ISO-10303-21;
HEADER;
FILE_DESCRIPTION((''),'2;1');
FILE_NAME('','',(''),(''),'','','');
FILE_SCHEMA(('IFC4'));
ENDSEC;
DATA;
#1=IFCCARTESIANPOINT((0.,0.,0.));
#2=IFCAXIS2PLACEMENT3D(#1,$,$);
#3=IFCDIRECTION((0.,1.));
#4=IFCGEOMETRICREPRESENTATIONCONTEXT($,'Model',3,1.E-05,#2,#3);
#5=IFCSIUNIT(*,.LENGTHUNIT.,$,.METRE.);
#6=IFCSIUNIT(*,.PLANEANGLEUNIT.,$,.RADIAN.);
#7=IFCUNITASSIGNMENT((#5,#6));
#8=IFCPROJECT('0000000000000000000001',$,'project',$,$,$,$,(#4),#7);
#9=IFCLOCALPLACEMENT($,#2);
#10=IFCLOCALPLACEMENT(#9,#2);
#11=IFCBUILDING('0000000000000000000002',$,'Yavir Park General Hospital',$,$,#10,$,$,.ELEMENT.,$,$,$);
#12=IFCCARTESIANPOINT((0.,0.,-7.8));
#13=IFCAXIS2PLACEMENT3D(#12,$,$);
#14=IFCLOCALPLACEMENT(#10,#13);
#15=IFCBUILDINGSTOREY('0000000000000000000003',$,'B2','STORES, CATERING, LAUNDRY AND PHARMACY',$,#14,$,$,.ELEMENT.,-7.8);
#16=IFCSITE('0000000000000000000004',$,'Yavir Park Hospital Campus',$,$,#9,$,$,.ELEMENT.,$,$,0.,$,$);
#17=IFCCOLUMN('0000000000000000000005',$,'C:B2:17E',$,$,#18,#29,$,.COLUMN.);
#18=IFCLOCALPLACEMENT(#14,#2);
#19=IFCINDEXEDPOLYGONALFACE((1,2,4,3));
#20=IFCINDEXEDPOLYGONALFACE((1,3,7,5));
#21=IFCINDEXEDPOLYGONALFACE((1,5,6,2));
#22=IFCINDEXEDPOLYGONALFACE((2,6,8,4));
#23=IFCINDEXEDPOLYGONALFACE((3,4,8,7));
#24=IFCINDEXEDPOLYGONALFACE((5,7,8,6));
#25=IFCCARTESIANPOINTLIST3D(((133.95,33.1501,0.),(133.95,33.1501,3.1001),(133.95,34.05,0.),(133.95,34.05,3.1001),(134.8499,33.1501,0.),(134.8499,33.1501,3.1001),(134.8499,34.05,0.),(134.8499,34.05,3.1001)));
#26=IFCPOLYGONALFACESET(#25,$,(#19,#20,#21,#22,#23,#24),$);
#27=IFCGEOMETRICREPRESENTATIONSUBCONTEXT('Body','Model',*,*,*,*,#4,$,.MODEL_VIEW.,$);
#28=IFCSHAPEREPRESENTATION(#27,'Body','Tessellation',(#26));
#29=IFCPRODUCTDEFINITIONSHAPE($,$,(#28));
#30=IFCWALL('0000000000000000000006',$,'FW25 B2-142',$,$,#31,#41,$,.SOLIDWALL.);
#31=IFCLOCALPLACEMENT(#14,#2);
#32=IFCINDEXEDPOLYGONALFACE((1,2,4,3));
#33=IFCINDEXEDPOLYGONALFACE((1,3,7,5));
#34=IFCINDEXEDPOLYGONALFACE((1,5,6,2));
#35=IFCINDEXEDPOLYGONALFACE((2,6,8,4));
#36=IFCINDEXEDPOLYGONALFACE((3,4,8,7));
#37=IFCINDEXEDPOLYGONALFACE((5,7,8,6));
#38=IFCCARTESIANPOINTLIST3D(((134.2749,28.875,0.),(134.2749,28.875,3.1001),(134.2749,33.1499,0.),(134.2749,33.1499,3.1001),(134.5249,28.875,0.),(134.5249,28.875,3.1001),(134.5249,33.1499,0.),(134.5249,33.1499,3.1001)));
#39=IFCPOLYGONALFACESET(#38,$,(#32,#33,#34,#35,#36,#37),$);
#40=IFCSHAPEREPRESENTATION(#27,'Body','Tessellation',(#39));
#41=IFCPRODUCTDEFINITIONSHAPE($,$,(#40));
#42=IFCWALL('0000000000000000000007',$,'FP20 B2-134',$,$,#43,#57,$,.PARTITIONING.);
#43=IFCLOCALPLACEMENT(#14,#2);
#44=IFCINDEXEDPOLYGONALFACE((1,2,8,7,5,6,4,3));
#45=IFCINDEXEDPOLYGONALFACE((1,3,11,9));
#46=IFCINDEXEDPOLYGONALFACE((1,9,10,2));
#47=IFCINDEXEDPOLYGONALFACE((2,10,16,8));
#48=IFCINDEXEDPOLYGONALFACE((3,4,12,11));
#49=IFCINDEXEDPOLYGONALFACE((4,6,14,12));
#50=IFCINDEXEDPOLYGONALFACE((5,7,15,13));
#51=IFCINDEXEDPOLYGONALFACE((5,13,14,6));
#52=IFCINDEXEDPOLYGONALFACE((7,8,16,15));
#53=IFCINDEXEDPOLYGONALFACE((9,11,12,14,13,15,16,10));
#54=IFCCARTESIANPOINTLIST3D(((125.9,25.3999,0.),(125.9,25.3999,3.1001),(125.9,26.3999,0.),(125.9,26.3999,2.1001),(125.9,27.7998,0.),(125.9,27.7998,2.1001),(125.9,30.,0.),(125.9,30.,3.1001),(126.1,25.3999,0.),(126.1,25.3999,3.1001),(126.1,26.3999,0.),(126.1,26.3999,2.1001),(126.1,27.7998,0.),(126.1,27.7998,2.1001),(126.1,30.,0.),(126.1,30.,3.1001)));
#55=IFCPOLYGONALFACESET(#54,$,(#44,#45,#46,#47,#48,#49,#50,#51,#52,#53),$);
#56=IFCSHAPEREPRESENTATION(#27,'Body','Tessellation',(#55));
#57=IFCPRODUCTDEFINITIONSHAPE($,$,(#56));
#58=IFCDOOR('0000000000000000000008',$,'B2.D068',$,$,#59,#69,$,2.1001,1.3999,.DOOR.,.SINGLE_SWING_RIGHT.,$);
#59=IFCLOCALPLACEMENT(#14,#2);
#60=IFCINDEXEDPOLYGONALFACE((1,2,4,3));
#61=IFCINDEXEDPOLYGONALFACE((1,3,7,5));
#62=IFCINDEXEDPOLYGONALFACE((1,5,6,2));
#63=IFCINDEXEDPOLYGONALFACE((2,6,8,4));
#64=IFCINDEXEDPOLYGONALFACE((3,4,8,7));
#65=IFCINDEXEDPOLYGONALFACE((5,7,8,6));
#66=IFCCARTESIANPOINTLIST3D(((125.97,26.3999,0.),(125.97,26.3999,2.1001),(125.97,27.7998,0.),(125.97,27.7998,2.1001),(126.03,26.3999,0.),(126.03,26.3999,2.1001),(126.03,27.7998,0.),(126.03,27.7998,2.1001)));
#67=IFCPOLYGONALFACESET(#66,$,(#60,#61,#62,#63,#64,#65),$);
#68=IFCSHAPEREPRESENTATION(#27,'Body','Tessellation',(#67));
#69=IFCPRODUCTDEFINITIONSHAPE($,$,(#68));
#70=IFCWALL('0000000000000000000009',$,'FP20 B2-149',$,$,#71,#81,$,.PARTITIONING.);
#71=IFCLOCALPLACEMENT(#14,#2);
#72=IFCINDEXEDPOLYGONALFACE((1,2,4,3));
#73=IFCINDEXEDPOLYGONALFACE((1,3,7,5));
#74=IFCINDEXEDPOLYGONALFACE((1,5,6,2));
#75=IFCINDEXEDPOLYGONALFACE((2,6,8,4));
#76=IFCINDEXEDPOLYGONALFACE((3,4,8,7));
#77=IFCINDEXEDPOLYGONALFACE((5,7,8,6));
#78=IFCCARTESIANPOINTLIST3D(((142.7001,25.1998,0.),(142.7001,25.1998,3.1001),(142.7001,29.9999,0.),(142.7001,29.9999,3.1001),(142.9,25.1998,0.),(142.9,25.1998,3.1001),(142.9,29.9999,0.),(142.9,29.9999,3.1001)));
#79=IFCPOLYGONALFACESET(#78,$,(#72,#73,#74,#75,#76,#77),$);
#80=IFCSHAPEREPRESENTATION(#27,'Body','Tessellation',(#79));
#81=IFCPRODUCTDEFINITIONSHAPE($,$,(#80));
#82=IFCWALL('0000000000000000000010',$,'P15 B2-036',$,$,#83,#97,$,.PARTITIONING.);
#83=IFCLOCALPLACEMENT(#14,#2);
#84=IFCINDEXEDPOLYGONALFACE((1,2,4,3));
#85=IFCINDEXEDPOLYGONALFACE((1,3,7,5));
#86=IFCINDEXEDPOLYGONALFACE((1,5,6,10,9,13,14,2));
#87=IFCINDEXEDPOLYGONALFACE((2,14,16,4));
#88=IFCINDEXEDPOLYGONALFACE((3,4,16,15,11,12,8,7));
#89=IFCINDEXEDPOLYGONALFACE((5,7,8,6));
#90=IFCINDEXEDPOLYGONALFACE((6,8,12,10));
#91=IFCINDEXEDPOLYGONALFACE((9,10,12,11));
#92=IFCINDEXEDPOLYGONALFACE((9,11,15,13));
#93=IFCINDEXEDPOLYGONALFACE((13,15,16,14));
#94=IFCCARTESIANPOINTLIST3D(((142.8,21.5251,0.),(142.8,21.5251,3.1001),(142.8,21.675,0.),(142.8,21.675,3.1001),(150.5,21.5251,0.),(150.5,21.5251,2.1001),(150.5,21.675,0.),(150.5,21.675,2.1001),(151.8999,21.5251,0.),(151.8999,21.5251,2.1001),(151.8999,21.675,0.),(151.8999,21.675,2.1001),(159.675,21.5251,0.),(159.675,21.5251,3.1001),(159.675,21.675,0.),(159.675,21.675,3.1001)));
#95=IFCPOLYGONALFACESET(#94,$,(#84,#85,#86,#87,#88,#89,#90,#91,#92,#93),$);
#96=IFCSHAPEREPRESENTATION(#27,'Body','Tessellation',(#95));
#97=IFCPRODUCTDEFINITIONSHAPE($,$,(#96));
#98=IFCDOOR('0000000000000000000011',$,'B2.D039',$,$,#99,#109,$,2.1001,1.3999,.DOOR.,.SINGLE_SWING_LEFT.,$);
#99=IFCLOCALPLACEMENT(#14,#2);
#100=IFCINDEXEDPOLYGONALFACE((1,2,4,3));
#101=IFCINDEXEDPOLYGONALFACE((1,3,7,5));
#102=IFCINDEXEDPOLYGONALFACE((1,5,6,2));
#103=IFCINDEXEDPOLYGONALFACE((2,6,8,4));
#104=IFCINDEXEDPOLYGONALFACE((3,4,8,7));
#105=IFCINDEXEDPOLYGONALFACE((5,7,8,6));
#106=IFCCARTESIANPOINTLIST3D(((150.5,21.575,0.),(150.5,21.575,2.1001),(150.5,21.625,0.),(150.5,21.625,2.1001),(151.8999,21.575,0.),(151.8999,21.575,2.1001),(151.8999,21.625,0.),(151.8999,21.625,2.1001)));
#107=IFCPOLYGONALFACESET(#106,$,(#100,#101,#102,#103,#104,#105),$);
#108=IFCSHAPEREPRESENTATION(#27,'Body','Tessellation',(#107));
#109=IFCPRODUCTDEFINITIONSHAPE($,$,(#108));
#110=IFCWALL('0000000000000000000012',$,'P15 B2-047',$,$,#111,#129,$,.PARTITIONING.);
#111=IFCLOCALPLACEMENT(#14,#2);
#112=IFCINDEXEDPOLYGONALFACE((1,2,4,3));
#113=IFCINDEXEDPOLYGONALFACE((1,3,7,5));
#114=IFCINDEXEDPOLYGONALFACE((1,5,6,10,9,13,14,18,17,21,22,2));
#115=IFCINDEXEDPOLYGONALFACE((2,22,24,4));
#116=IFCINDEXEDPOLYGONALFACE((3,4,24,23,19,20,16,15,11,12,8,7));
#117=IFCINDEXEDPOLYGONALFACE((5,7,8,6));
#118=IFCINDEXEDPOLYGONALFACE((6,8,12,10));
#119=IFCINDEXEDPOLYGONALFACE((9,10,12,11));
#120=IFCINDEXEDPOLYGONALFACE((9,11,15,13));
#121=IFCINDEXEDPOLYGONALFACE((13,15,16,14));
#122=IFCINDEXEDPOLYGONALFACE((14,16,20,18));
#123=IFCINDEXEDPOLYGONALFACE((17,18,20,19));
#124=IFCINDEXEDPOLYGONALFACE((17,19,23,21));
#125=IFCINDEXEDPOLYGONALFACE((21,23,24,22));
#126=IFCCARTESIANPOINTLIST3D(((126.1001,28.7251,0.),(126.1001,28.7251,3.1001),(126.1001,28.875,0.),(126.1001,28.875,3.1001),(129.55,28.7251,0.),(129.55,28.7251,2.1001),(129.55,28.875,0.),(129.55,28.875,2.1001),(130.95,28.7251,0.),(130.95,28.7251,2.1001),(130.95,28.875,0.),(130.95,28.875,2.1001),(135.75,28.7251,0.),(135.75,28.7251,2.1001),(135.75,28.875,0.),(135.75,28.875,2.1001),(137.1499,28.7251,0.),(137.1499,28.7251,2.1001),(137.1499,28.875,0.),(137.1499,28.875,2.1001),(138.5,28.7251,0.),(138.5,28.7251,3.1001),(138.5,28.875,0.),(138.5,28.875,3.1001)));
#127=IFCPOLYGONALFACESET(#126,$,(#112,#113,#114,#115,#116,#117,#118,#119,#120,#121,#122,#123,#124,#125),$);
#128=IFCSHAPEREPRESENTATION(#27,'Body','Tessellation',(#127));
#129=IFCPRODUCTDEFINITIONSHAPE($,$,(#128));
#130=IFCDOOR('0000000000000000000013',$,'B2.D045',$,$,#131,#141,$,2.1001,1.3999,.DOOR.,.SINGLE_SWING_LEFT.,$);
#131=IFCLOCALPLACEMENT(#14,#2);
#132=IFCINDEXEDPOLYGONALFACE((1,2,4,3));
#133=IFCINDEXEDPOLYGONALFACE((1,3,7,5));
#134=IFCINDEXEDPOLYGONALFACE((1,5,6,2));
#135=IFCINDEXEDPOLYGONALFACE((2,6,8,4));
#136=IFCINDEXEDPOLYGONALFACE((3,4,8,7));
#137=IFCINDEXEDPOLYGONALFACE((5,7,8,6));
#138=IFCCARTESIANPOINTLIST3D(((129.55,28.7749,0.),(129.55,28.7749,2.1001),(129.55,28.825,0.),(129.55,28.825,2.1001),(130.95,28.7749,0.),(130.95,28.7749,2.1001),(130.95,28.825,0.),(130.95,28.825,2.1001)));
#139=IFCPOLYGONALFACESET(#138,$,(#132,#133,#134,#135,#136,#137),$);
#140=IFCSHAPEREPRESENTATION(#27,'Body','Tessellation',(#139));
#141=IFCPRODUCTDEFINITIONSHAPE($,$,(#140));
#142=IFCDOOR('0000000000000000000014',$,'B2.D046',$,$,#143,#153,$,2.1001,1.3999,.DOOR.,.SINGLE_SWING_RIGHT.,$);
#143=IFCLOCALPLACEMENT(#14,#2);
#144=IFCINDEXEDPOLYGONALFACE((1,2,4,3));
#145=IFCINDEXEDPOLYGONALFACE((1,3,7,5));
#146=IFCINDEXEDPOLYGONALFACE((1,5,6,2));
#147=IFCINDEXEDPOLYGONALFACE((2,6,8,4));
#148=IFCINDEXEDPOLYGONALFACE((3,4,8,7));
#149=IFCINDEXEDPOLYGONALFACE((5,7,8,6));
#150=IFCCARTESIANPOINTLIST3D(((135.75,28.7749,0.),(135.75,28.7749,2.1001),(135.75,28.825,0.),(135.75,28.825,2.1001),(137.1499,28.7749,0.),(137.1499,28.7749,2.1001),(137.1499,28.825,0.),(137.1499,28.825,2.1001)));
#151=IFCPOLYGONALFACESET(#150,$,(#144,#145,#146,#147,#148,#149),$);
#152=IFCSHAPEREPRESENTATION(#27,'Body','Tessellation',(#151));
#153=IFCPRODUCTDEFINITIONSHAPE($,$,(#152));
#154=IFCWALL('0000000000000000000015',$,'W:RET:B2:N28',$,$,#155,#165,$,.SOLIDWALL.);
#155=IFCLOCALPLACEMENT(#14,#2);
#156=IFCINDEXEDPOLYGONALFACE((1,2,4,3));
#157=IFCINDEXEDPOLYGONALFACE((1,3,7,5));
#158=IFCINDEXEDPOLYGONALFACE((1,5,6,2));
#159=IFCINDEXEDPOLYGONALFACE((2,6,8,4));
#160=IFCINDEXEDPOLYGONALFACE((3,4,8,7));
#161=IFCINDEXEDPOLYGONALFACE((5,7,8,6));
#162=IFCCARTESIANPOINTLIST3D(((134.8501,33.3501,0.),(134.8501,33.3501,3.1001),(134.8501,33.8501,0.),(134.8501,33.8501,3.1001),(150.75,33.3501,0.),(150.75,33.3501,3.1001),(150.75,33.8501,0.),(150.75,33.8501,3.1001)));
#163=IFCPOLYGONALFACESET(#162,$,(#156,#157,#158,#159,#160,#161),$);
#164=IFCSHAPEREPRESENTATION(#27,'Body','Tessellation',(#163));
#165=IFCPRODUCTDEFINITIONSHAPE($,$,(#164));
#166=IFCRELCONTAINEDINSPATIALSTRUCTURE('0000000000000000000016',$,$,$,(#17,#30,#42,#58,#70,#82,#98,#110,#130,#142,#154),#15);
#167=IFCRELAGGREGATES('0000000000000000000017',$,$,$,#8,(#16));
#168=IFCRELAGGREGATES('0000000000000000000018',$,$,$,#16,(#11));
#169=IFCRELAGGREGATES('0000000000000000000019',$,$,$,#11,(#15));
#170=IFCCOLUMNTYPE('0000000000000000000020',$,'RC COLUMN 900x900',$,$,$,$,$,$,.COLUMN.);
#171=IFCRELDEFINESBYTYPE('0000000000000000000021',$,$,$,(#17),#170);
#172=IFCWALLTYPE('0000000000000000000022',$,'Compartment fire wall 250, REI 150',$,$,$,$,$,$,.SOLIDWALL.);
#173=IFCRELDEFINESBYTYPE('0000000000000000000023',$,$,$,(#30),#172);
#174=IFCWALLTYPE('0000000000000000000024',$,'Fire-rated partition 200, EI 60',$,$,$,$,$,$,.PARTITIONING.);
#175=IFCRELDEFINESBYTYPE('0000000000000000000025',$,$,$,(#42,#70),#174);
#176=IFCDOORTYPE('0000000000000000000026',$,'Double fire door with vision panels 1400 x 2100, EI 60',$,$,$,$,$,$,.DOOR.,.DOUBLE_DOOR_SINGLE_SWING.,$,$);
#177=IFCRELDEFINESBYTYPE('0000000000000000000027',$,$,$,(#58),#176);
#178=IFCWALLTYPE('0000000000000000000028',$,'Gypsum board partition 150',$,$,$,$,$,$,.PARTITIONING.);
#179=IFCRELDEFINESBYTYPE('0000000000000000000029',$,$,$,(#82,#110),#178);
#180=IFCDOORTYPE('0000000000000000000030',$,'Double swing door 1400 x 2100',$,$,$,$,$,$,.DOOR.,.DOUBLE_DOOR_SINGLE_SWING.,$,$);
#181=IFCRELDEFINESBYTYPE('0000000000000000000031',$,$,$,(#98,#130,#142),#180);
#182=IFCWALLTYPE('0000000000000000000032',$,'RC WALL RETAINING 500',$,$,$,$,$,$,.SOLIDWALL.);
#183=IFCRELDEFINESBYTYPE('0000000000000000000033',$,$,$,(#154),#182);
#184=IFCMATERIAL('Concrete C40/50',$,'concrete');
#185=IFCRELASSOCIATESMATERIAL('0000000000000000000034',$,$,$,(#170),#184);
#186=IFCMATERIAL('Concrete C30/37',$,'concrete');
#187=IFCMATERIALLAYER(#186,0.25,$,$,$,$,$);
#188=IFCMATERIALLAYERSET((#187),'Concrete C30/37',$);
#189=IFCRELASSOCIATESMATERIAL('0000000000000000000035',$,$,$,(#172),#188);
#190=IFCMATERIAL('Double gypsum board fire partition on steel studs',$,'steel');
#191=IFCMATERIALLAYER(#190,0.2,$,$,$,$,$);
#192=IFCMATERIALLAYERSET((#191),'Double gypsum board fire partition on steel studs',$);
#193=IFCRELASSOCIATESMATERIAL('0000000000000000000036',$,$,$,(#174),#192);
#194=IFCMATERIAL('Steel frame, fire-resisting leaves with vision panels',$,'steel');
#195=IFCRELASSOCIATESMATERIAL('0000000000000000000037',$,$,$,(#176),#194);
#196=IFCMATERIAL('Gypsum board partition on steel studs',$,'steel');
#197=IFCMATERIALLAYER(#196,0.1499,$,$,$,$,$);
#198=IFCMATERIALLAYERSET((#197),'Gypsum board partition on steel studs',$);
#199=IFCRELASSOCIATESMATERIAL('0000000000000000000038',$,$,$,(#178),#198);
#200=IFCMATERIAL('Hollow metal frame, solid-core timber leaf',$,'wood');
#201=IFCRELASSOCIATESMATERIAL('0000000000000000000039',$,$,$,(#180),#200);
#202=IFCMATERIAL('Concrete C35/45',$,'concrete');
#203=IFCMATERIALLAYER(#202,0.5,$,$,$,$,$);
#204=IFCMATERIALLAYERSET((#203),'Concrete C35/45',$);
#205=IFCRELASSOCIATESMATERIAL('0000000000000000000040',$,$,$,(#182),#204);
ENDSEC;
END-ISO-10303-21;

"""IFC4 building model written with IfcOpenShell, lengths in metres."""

from ifc_helpers import new_model, si_unit, direction, frame, frame_2d, origin, origin_2d, place, context, subcontext, project, spatial, rectangle, extrude, material, layer, layer_set, material_profile, profile_set, type_object, element, fill, save


model = new_model("IFC4")

# Units and contexts
model_context = context("Model", 3, precision=1e-05, world=origin(), true_north=direction((0.0, 1.0)))
body_context = subcontext(model_context, "Body", "Model", "MODEL_VIEW")
ifc_project = project(units=[si_unit("LENGTHUNIT", "METRE"), si_unit("PLANEANGLEUNIT", "RADIAN")], contexts=[model_context])

# Site, building, storey
site_placement = place(None, origin())
site = spatial("IfcSite", under=ifc_project, at=site_placement, Name="Yavir Park Hospital Campus", CompositionType="ELEMENT", RefElevation=0.0)
building_placement = place(site_placement, origin())
building = spatial("IfcBuilding", under=site, at=building_placement, Name="Yavir Park General Hospital", CompositionType="ELEMENT")
storey_placement = place(building_placement, frame((0.0, 0.0, -7.8)))
storey = spatial("IfcBuildingStorey", under=building, at=storey_placement, Name="B2", Description="STORES, CATERING, LAUNDRY AND PHARMACY", CompositionType="ELEMENT", Elevation=-7.8)

# Column
ifc_material_1 = material(Name="Concrete C40/50", Category="concrete")
ifc_material_profile = material_profile(ifc_material_1, rectangle(XDim=0.8999, YDim=0.8999, at=origin_2d()), Name="RC900x900")
ifc_profile_set = profile_set([ifc_material_profile], Name="Concrete C40/50")
column_type = type_object("IfcColumnType", Name="RC COLUMN 900x900", PredefinedType="COLUMN", material=ifc_profile_set)
column_placement = place(storey_placement, frame((134.3999, 33.6001, 0.0), z_axis=(0.0, 0.0, 1.0), x_axis=(1.0, 0.0, 0.0)))
element("IfcColumn", 1, at=column_placement, inside=storey, type_object=column_type, Name="C:B2:17E", PredefinedType="COLUMN", context=body_context, shape_type="SweptSolid", body=[
    extrude(rectangle(XDim=0.8999, YDim=0.8999, at=origin_2d()), origin(), (0.0, 0.0, 1.0), 3.1001),
])

# Shared definitions
ifc_material_2 = material(Name="Concrete C30/37", Category="concrete")
ifc_layer_1 = layer(ifc_material_2, 0.25)
ifc_layer_set_1 = layer_set([ifc_layer_1], Name="Concrete C30/37")
wall_type_1 = type_object("IfcWallType", Name="Compartment fire wall 250, REI 150", PredefinedType="SOLIDWALL", material=ifc_layer_set_1)

# Wall
wall_1_placement = place(storey_placement, frame((134.3999, 28.875, 0.0), z_axis=(0.0, 0.0, 1.0), x_axis=(0.0, 1.0, 0.0)))
element("IfcWall", 2, at=wall_1_placement, inside=storey, type_object=wall_type_1, Name="FW25 B2-142", PredefinedType="SOLIDWALL", context=body_context, shape_type="SweptSolid", body=[
    extrude(rectangle(XDim=4.2749, YDim=0.25, at=frame_2d((2.1375, 0.0))), origin(), (0.0, 0.0, 1.0), 3.1001),
])

# Wall, opening, door
ifc_material_3 = material(Name="Double gypsum board fire partition on steel studs", Category="steel")
ifc_layer_2 = layer(ifc_material_3, 0.2)
ifc_layer_set_2 = layer_set([ifc_layer_2], Name="Double gypsum board fire partition on steel studs")
wall_type_2 = type_object("IfcWallType", Name="Fire-rated partition 200, EI 60", PredefinedType="PARTITIONING", material=ifc_layer_set_2)
wall_2_placement = place(storey_placement, frame((126.0, 25.3999, 0.0), z_axis=(0.0, 0.0, 1.0), x_axis=(0.0, 1.0, 0.0)))
wall_2 = element("IfcWall", 3, at=wall_2_placement, inside=storey, type_object=wall_type_2, Name="FP20 B2-134", PredefinedType="PARTITIONING", context=body_context, shape_type="SweptSolid", body=[
    extrude(rectangle(XDim=4.6001, YDim=0.2, at=frame_2d((2.3, 0.0))), origin(), (0.0, 0.0, 1.0), 3.1001),
])
opening_1_placement = place(wall_2_placement, frame((1.0, 0.0, 0.0)))
opening_1 = element("IfcOpeningElement", 4, at=opening_1_placement, cuts=wall_2, PredefinedType="OPENING", context=body_context, shape_type="SweptSolid", body=[
    extrude(rectangle(XDim=1.3999, YDim=2.1001, at=frame_2d((0.7, 1.05))), frame((0.0, 0.1099, 0.0), z_axis=(0.0, -1.0, 0.0), x_axis=(1.0, 0.0, 0.0)), (0.0, 0.0, 1.0), 0.22),
])
ifc_material_4 = material(Name="Steel frame, fire-resisting leaves with vision panels", Category="steel")
door_type_1 = type_object("IfcDoorType", Name="Double fire door with vision panels 1400 x 2100, EI 60", OperationType="DOUBLE_DOOR_SINGLE_SWING", PredefinedType="DOOR", material=ifc_material_4)
door_1_placement = place(opening_1_placement, origin())
door_1 = element("IfcDoor", 5, at=door_1_placement, inside=storey, type_object=door_type_1, Name="B2.D068", OperationType="SINGLE_SWING_RIGHT", OverallHeight=2.1001, OverallWidth=1.3999, PredefinedType="DOOR", context=body_context, shape_type="SweptSolid", body=[
    extrude(rectangle(XDim=1.3999, YDim=2.1001, at=frame_2d((0.7, 1.05))), frame((0.0, 0.03, 0.0), z_axis=(0.0, -1.0, 0.0), x_axis=(1.0, 0.0, 0.0)), (0.0, 0.0, 1.0), 0.0601),
])
fill(opening_1, door_1)

# Wall
wall_3_placement = place(storey_placement, frame((142.8, 25.2, 0.0), z_axis=(0.0, 0.0, 1.0), x_axis=(0.0, 1.0, 0.0)))
element("IfcWall", 6, at=wall_3_placement, inside=storey, type_object=wall_type_2, Name="FP20 B2-149", PredefinedType="PARTITIONING", context=body_context, shape_type="SweptSolid", body=[
    extrude(rectangle(XDim=4.8, YDim=0.2, at=frame_2d((2.3999, 0.0))), origin(), (0.0, 0.0, 1.0), 3.1001),
])

# Wall, opening, door
ifc_material_5 = material(Name="Gypsum board partition on steel studs", Category="steel")
ifc_layer_3 = layer(ifc_material_5, 0.1499)
ifc_layer_set_3 = layer_set([ifc_layer_3], Name="Gypsum board partition on steel studs")
wall_type_3 = type_object("IfcWallType", Name="Gypsum board partition 150", PredefinedType="PARTITIONING", material=ifc_layer_set_3)
wall_4_placement = place(storey_placement, frame((142.8, 21.6001, 0.0), z_axis=(0.0, 0.0, 1.0), x_axis=(1.0, 0.0, 0.0)))
wall_4 = element("IfcWall", 7, at=wall_4_placement, inside=storey, type_object=wall_type_3, Name="P15 B2-036", PredefinedType="PARTITIONING", context=body_context, shape_type="SweptSolid", body=[
    extrude(rectangle(XDim=16.875, YDim=0.1499, at=frame_2d((8.4375, 0.0))), origin(), (0.0, 0.0, 1.0), 3.1001),
])
opening_2_placement = place(wall_4_placement, frame((7.7, 0.0, 0.0)))
opening_2 = element("IfcOpeningElement", 8, at=opening_2_placement, cuts=wall_4, PredefinedType="OPENING", context=body_context, shape_type="SweptSolid", body=[
    extrude(rectangle(XDim=1.3999, YDim=2.1001, at=frame_2d((0.7, 1.05))), frame((0.0, 0.085, 0.0), z_axis=(0.0, -1.0, 0.0), x_axis=(1.0, 0.0, 0.0)), (0.0, 0.0, 1.0), 0.1699),
])
ifc_material_6 = material(Name="Hollow metal frame, solid-core timber leaf", Category="wood")
door_type_2 = type_object("IfcDoorType", Name="Double swing door 1400 x 2100", OperationType="DOUBLE_DOOR_SINGLE_SWING", PredefinedType="DOOR", material=ifc_material_6)
door_2_placement = place(opening_2_placement, origin())
door_2 = element("IfcDoor", 9, at=door_2_placement, inside=storey, type_object=door_type_2, Name="B2.D039", OperationType="SINGLE_SWING_LEFT", OverallHeight=2.1001, OverallWidth=1.3999, PredefinedType="DOOR", context=body_context, shape_type="SweptSolid", body=[
    extrude(rectangle(XDim=1.3999, YDim=2.1001, at=frame_2d((0.7, 1.05))), frame((0.0, 0.0249, 0.0), z_axis=(0.0, -1.0, 0.0), x_axis=(1.0, 0.0, 0.0)), (0.0, 0.0, 1.0), 0.05),
])
fill(opening_2, door_2)

# Wall, openings, doors
wall_5_placement = place(storey_placement, frame((126.1001, 28.8, 0.0), z_axis=(0.0, 0.0, 1.0), x_axis=(1.0, 0.0, 0.0)))
wall_5 = element("IfcWall", 10, at=wall_5_placement, inside=storey, type_object=wall_type_3, Name="P15 B2-047", PredefinedType="PARTITIONING", context=body_context, shape_type="SweptSolid", body=[
    extrude(rectangle(XDim=12.3999, YDim=0.1499, at=frame_2d((6.2, 0.0))), origin(), (0.0, 0.0, 1.0), 3.1001),
])
opening_3_placement = place(wall_5_placement, frame((3.45, 0.0, 0.0)))
opening_3 = element("IfcOpeningElement", 11, at=opening_3_placement, cuts=wall_5, PredefinedType="OPENING", context=body_context, shape_type="SweptSolid", body=[
    extrude(rectangle(XDim=1.3999, YDim=2.1001, at=frame_2d((0.7, 1.05))), frame((0.0, 0.085, 0.0), z_axis=(0.0, -1.0, 0.0), x_axis=(1.0, 0.0, 0.0)), (0.0, 0.0, 1.0), 0.1699),
])
opening_4_placement = place(wall_5_placement, frame((9.6499, 0.0, 0.0)))
opening_4 = element("IfcOpeningElement", 12, at=opening_4_placement, cuts=wall_5, PredefinedType="OPENING", context=body_context, shape_type="SweptSolid", body=[
    extrude(rectangle(XDim=1.3999, YDim=2.1001, at=frame_2d((0.7, 1.05))), frame((0.0, 0.085, 0.0), z_axis=(0.0, -1.0, 0.0), x_axis=(1.0, 0.0, 0.0)), (0.0, 0.0, 1.0), 0.1699),
])
door_3_placement = place(opening_3_placement, origin())
door_3 = element("IfcDoor", 13, at=door_3_placement, inside=storey, type_object=door_type_2, Name="B2.D045", OperationType="SINGLE_SWING_LEFT", OverallHeight=2.1001, OverallWidth=1.3999, PredefinedType="DOOR", context=body_context, shape_type="SweptSolid", body=[
    extrude(rectangle(XDim=1.3999, YDim=2.1001, at=frame_2d((0.7, 1.05))), frame((0.0, 0.0249, 0.0), z_axis=(0.0, -1.0, 0.0), x_axis=(1.0, 0.0, 0.0)), (0.0, 0.0, 1.0), 0.05),
])
fill(opening_3, door_3)
door_4_placement = place(opening_4_placement, origin())
door_4 = element("IfcDoor", 14, at=door_4_placement, inside=storey, type_object=door_type_2, Name="B2.D046", OperationType="SINGLE_SWING_RIGHT", OverallHeight=2.1001, OverallWidth=1.3999, PredefinedType="DOOR", context=body_context, shape_type="SweptSolid", body=[
    extrude(rectangle(XDim=1.3999, YDim=2.1001, at=frame_2d((0.7, 1.05))), frame((0.0, 0.0249, 0.0), z_axis=(0.0, -1.0, 0.0), x_axis=(1.0, 0.0, 0.0)), (0.0, 0.0, 1.0), 0.05),
])
fill(opening_4, door_4)

# Wall
ifc_material_7 = material(Name="Concrete C35/45", Category="concrete")
ifc_layer_4 = layer(ifc_material_7, 0.5)
ifc_layer_set_4 = layer_set([ifc_layer_4], Name="Concrete C35/45")
wall_type_4 = type_object("IfcWallType", Name="RC WALL RETAINING 500", PredefinedType="SOLIDWALL", material=ifc_layer_set_4)
wall_6_placement = place(storey_placement, frame((134.8501, 33.6001, 0.0), z_axis=(0.0, 0.0, 1.0), x_axis=(1.0, 0.0, 0.0)))
element("IfcWall", 15, at=wall_6_placement, inside=storey, type_object=wall_type_4, Name="W:RET:B2:N28", PredefinedType="SOLIDWALL", context=body_context, shape_type="SweptSolid", body=[
    extrude(rectangle(XDim=15.8999, YDim=0.5, at=frame_2d((7.95, 0.0))), origin(), (0.0, 0.0, 1.0), 3.1001),
])

save(model, "model.ifc")
